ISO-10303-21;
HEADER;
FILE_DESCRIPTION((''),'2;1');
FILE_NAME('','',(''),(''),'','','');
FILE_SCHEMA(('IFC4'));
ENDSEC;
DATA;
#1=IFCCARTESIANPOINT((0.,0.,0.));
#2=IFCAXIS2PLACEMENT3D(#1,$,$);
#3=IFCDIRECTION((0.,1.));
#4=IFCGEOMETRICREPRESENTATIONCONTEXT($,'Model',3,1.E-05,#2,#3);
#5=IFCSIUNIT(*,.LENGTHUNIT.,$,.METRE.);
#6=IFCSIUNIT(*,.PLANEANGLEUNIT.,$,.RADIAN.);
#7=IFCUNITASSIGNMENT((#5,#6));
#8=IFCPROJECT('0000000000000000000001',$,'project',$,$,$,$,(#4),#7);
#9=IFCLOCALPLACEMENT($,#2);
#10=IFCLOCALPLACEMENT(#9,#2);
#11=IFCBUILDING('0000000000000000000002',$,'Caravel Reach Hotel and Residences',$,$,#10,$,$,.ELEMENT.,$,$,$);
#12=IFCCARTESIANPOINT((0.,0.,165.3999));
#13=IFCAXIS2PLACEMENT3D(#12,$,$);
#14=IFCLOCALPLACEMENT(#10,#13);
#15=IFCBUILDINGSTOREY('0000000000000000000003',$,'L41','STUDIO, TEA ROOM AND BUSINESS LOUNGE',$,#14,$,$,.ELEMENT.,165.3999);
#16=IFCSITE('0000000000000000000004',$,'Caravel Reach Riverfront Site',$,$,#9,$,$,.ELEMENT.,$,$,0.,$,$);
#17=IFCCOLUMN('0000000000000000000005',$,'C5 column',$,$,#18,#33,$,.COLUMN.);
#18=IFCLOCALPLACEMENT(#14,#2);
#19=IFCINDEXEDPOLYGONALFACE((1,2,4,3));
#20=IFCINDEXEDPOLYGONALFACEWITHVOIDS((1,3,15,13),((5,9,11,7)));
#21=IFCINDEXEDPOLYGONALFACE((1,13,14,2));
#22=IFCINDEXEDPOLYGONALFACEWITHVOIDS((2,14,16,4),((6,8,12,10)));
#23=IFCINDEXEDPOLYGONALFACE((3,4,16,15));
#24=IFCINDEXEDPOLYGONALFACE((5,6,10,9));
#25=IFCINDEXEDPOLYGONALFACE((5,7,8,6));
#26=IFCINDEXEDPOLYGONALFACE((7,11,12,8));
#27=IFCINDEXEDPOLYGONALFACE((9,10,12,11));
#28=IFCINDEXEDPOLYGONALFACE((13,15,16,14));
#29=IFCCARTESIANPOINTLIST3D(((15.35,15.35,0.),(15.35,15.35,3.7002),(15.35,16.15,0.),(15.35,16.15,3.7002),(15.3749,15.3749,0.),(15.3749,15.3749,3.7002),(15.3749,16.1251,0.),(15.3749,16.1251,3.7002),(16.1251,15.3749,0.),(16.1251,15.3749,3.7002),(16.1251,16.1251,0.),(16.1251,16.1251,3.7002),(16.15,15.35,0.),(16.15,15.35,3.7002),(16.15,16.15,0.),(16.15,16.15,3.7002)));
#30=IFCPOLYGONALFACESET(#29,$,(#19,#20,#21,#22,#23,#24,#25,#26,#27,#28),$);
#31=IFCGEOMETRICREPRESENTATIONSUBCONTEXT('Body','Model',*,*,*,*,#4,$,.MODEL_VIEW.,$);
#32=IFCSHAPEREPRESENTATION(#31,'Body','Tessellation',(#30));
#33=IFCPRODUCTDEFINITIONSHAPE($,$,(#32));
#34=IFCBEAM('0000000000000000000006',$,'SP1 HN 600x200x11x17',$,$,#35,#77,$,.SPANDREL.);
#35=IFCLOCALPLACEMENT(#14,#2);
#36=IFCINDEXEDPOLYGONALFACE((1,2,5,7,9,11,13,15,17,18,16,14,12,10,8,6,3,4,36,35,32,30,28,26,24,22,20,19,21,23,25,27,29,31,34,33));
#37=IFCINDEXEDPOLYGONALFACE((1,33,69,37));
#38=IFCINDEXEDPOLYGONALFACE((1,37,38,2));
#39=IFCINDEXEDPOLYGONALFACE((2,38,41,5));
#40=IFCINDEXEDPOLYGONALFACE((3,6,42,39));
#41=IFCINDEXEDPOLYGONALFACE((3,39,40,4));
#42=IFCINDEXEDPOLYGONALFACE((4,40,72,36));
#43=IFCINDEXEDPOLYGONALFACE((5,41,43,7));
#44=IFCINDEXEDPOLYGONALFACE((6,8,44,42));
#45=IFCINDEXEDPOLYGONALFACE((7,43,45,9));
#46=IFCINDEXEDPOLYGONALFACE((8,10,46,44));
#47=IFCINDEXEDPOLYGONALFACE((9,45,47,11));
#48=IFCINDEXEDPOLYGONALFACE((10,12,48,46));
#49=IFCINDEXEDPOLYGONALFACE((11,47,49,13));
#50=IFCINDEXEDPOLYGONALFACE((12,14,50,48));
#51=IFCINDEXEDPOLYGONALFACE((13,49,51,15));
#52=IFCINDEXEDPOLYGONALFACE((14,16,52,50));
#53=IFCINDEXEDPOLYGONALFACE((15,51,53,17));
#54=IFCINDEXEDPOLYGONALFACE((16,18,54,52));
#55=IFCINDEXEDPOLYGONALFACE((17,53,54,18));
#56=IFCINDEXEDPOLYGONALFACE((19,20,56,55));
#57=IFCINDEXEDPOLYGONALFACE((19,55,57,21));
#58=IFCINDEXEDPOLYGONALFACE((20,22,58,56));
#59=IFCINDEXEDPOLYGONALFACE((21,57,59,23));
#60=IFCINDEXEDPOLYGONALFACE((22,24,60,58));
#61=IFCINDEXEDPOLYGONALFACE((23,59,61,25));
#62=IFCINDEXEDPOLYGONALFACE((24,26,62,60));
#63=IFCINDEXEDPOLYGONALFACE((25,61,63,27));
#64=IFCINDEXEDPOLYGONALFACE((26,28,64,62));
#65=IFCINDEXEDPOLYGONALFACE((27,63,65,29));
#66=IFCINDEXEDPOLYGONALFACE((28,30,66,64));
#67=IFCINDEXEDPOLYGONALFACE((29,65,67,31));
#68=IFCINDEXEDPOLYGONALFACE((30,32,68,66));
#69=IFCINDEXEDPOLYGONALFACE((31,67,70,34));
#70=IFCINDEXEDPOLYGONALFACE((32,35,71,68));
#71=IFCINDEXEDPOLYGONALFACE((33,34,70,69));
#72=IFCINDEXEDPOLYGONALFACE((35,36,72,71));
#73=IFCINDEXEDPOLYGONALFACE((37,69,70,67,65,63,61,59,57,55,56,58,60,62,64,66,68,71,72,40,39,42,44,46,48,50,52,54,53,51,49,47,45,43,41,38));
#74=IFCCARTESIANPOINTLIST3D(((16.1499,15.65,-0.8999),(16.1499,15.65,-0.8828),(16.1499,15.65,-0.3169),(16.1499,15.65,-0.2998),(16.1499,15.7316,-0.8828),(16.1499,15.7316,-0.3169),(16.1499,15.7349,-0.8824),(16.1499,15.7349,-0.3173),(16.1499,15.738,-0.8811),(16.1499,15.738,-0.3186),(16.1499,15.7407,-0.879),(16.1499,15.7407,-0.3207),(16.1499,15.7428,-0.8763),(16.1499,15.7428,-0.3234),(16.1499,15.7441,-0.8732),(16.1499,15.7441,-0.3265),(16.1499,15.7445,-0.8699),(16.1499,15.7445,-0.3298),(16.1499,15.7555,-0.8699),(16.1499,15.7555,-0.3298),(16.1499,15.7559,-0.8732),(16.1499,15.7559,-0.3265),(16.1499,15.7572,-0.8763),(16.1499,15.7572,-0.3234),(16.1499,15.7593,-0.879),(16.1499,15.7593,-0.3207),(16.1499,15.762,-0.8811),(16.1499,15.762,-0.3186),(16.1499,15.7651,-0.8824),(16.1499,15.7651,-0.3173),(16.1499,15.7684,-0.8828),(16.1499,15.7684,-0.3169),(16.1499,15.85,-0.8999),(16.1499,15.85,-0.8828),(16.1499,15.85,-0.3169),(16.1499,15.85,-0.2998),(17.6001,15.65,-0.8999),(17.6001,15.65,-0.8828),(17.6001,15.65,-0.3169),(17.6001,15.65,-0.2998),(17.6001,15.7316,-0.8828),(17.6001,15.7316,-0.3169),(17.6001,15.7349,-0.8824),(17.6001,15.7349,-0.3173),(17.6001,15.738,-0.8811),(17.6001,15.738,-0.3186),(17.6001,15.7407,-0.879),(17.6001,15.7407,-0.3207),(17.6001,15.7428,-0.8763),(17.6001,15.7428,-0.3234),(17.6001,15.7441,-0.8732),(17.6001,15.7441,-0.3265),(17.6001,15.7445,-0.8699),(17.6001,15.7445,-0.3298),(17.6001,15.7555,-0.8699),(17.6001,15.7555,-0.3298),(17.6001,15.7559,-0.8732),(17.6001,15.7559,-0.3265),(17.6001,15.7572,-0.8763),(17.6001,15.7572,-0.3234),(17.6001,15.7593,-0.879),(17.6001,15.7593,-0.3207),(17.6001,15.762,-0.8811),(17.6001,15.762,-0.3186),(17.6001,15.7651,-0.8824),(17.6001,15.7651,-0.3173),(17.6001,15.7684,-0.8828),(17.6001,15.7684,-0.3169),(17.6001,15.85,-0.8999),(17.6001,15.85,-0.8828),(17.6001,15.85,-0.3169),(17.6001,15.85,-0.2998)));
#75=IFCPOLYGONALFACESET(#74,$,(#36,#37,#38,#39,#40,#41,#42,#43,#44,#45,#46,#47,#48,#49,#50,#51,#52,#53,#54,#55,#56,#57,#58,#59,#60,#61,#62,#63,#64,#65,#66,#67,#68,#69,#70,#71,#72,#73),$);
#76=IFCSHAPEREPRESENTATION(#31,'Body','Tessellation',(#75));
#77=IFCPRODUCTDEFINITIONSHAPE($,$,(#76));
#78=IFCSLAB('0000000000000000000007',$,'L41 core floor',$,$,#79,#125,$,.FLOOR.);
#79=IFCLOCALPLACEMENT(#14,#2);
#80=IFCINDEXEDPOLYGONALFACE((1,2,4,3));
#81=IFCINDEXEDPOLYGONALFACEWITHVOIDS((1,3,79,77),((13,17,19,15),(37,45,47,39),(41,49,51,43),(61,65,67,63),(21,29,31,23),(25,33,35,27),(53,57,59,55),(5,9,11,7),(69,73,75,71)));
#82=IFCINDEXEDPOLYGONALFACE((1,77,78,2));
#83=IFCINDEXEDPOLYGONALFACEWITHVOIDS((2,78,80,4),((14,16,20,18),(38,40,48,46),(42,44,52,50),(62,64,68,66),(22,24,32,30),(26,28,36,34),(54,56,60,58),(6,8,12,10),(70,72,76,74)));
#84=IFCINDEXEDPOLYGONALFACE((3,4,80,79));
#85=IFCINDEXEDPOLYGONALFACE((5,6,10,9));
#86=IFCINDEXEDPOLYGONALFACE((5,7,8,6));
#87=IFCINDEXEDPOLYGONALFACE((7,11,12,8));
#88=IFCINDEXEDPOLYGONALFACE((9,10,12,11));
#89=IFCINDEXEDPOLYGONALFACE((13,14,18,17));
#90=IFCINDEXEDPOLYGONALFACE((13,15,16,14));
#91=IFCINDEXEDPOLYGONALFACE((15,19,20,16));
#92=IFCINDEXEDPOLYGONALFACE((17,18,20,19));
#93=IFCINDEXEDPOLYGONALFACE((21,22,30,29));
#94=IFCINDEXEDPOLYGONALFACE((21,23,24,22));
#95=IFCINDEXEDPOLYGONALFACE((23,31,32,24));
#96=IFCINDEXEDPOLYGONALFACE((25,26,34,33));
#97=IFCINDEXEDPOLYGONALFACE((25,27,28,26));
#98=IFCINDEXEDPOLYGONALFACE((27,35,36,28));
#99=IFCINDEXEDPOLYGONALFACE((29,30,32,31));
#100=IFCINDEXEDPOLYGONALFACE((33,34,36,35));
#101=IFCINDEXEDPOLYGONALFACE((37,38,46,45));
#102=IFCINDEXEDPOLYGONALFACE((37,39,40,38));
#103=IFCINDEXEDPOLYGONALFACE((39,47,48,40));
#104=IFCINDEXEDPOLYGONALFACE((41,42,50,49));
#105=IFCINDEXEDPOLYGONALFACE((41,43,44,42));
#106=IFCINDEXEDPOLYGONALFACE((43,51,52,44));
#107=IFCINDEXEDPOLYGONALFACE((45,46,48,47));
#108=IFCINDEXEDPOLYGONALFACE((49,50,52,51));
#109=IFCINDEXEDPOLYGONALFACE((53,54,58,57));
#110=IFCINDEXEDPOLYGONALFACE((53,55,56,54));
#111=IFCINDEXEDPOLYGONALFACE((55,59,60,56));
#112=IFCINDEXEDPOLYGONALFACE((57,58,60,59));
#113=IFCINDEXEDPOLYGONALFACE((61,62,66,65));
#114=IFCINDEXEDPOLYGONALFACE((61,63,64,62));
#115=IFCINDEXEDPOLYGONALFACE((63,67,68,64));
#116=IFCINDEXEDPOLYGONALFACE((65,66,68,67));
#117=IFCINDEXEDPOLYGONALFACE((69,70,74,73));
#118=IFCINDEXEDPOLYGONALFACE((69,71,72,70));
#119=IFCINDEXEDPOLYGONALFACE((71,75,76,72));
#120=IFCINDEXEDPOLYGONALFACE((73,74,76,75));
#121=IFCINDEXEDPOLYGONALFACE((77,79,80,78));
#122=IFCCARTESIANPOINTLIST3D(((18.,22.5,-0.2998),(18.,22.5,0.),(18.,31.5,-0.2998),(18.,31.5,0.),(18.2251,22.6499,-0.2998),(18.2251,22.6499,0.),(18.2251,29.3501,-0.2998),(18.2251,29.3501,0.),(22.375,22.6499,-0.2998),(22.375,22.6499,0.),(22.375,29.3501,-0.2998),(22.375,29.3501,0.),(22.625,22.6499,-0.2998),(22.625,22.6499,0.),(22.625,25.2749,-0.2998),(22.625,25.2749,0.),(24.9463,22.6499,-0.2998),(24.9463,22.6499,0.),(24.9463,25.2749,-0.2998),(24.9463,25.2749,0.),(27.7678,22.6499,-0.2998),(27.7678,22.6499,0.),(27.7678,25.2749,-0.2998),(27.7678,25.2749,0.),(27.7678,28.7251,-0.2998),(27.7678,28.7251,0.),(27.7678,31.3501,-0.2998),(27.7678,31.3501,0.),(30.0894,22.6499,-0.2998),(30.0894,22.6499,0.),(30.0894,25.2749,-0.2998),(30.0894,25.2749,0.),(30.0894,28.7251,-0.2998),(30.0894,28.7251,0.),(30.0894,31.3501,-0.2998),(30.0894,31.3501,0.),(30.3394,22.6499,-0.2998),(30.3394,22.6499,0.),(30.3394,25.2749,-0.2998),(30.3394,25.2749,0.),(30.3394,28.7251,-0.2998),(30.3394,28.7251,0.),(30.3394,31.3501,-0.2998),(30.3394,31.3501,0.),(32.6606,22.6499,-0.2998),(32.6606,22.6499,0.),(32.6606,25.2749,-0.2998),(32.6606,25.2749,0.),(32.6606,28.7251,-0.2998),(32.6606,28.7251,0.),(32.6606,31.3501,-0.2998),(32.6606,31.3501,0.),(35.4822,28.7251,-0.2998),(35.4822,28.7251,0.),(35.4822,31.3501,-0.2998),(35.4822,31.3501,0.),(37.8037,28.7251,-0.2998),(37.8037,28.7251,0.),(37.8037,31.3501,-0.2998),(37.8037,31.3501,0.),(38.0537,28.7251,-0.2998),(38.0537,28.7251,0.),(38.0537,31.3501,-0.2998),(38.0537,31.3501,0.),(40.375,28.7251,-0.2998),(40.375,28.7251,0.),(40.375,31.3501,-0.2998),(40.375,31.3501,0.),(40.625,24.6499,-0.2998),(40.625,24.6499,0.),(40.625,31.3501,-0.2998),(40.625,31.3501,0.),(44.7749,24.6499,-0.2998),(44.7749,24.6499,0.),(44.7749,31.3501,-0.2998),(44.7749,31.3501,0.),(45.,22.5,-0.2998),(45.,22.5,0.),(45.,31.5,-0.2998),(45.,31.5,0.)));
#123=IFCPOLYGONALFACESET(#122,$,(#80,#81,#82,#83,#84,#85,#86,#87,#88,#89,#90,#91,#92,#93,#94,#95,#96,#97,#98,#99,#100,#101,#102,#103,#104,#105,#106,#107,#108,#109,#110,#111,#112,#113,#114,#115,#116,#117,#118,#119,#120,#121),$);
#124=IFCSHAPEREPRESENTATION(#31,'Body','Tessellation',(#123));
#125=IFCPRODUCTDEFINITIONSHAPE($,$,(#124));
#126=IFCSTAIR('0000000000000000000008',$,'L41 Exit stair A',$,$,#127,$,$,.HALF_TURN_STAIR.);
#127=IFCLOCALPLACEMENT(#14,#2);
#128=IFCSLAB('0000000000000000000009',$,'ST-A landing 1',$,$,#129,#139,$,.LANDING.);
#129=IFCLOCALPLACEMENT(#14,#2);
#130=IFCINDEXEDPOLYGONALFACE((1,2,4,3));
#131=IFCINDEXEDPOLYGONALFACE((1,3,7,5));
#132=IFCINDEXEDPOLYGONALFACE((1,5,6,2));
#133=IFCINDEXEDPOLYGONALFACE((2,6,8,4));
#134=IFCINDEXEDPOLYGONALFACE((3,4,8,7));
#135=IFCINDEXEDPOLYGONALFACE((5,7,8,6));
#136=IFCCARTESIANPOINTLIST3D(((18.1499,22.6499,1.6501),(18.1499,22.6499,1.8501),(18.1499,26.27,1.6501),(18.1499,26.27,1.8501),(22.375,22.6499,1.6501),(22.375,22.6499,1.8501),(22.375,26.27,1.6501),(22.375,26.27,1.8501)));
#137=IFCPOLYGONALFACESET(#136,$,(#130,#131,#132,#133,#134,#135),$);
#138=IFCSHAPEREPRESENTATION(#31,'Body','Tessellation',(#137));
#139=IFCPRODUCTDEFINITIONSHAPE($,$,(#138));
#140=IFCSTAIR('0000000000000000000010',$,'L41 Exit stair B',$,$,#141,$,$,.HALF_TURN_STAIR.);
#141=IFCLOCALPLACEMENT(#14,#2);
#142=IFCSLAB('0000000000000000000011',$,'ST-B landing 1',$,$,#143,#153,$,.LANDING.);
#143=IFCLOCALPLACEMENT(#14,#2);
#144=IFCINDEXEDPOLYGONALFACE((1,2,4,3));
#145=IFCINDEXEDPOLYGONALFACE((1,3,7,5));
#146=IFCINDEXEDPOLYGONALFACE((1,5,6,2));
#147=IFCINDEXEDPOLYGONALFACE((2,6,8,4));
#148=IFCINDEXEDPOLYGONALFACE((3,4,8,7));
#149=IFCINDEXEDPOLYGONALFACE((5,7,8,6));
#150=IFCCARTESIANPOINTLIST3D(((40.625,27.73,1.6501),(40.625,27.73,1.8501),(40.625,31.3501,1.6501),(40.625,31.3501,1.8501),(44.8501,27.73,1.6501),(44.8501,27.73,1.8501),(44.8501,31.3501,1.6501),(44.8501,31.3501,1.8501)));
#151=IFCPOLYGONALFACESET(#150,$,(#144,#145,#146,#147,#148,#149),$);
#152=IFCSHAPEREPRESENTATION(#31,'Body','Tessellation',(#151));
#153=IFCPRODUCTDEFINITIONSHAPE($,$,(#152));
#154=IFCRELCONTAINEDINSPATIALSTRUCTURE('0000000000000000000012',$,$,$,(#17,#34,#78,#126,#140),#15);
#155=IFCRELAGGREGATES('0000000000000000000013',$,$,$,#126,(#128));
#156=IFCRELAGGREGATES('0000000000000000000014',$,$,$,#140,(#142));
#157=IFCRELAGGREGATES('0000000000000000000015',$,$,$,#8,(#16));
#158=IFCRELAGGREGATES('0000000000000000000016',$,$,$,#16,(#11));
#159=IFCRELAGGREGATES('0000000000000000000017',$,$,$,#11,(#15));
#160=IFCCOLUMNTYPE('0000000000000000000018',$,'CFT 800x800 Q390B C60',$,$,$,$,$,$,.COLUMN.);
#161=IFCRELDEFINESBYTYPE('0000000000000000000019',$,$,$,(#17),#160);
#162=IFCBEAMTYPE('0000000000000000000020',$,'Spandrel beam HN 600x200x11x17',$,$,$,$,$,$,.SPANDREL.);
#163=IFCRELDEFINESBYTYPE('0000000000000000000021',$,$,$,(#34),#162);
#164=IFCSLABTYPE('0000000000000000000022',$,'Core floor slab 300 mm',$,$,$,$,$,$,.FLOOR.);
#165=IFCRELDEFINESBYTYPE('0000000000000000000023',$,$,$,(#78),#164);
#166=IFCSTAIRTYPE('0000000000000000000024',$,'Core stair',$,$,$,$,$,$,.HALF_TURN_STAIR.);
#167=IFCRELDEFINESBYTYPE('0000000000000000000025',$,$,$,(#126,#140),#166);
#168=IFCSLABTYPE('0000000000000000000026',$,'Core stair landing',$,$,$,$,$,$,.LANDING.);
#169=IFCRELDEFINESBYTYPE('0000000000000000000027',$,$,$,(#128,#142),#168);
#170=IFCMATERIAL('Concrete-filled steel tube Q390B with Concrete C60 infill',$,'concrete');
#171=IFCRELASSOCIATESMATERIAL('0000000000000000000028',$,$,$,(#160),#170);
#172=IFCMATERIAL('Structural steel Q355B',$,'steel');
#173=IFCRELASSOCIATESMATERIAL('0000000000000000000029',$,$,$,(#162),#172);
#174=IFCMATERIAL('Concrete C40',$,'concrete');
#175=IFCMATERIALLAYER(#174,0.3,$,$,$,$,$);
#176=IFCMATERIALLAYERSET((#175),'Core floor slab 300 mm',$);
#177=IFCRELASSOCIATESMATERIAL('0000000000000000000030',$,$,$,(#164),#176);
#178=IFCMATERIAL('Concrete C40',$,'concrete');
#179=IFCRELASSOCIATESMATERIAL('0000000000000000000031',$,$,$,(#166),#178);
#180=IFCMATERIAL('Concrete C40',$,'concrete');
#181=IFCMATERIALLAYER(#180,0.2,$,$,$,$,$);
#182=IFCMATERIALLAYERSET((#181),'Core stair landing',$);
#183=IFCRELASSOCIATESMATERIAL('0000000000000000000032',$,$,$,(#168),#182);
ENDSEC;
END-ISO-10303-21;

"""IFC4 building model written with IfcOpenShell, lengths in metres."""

from ifc_helpers import new_model, si_unit, direction, frame, origin, origin_2d, place, context, subcontext, project, spatial, polyline, hollow_rectangle, i_section, outline, extrude, material, layer, layer_set, material_profile, profile_set, type_object, element, aggregate, save


model = new_model("IFC4")

# Units and contexts
model_context = context("Model", 3, precision=1e-05, world=origin(), true_north=direction((0.0, 1.0)))
body_context = subcontext(model_context, "Body", "Model", "MODEL_VIEW")
ifc_project = project(units=[si_unit("LENGTHUNIT", "METRE"), si_unit("PLANEANGLEUNIT", "RADIAN")], contexts=[model_context])

# Site, building, storey
site_placement = place(None, origin())
site = spatial("IfcSite", under=ifc_project, at=site_placement, Name="Caravel Reach Riverfront Site", CompositionType="ELEMENT", RefElevation=0.0)
building_placement = place(site_placement, origin())
building = spatial("IfcBuilding", under=site, at=building_placement, Name="Caravel Reach Hotel and Residences", CompositionType="ELEMENT")
storey_placement = place(building_placement, frame((0.0, 0.0, 165.3999)))
storey = spatial("IfcBuildingStorey", under=building, at=storey_placement, Name="L41", Description="STUDIO, TEA ROOM AND BUSINESS LOUNGE", CompositionType="ELEMENT", Elevation=165.3999)

# Column
ifc_material_1 = material(Name="Concrete-filled steel tube Q390B with Concrete C60 infill", Category="concrete")
ifc_material_profile_1 = material_profile(ifc_material_1, hollow_rectangle(XDim=0.8, YDim=0.8, WallThickness=0.0249, at=origin_2d()), Name="RHS 800x800x25")
ifc_profile_set_1 = profile_set([ifc_material_profile_1], Name="Concrete-filled steel tube Q390B with Concrete C60 infill")
column_type = type_object("IfcColumnType", Name="CFT 800x800 Q390B C60", PredefinedType="COLUMN", material=ifc_profile_set_1)
column_placement = place(storey_placement, frame((15.75, 15.75, 0.0), z_axis=(0.0, 0.0, 1.0), x_axis=(1.0, 0.0, 0.0)))
element("IfcColumn", 1, at=column_placement, inside=storey, type_object=column_type, Name="C5 column", PredefinedType="COLUMN", context=body_context, shape_type="SweptSolid", body=[
    extrude(hollow_rectangle(XDim=0.8, YDim=0.8, WallThickness=0.0249, at=origin_2d()), origin(), (0.0, 0.0, 1.0), 3.7002),
])

# Beam
ifc_material_2 = material(Name="Structural steel Q355B", Category="steel")
ifc_material_profile_2 = material_profile(ifc_material_2, i_section(OverallWidth=0.2, OverallDepth=0.6001, WebThickness=0.011, FlangeThickness=0.0171, FilletRadius=0.0129, at=origin_2d()), Name="HN 600x200x11x17")
ifc_profile_set_2 = profile_set([ifc_material_profile_2], Name="Structural steel Q355B")
beam_type = type_object("IfcBeamType", Name="Spandrel beam HN 600x200x11x17", PredefinedType="SPANDREL", material=ifc_profile_set_2)
beam_placement = place(storey_placement, frame((16.1499, 15.75, -0.5999), z_axis=(1.0, 0.0, 0.0), x_axis=(0.0, 1.0, 0.0)))
element("IfcBeam", 2, at=beam_placement, inside=storey, type_object=beam_type, Name="SP1 HN 600x200x11x17", PredefinedType="SPANDREL", context=body_context, shape_type="SweptSolid", body=[
    extrude(i_section(OverallWidth=0.2, OverallDepth=0.6001, WebThickness=0.011, FlangeThickness=0.0171, FilletRadius=0.0129, at=origin_2d()), origin(), (0.0, 0.0, 1.0), 1.4502),
])

# Slab
ifc_material_3 = material(Name="Concrete C40", Category="concrete")
ifc_layer_1 = layer(ifc_material_3, 0.3)
ifc_layer_set_1 = layer_set([ifc_layer_1], Name="Core floor slab 300 mm")
slab_type_1 = type_object("IfcSlabType", Name="Core floor slab 300 mm", PredefinedType="FLOOR", material=ifc_layer_set_1)
slab_1_placement = place(storey_placement, frame((0.0, 0.0, -0.2998)))
element("IfcSlab", 3, at=slab_1_placement, inside=storey, type_object=slab_type_1, Name="L41 core floor", PredefinedType="FLOOR", context=body_context, shape_type="SweptSolid", body=[
    extrude(outline(polyline([(18.0, 31.5), (45.0, 31.5), (45.0, 22.5), (18.0, 22.5), (18.0, 31.5)]), holes=[polyline([(22.625, 25.2749), (22.625, 22.6499), (24.9463, 22.6499), (24.9463, 25.2749), (22.625, 25.2749)]), polyline([(27.7678, 25.2749), (27.7678, 22.6499), (30.0894, 22.6499), (30.0894, 25.2749), (27.7678, 25.2749)]), polyline([(30.3394, 25.2749), (30.3394, 22.6499), (32.6606, 22.6499), (32.6606, 25.2749), (30.3394, 25.2749)]), polyline([(22.375, 22.6499), (22.375, 29.3501), (18.2251, 29.3501), (18.2251, 22.6499), (22.375, 22.6499)]), polyline([(40.625, 31.3501), (40.625, 24.6499), (44.7749, 24.6499), (44.7749, 31.3501), (40.625, 31.3501)]), polyline([(27.7678, 31.3501), (27.7678, 28.7251), (30.0894, 28.7251), (30.0894, 31.3501), (27.7678, 31.3501)]), polyline([(30.3394, 31.3501), (30.3394, 28.7251), (32.6606, 28.7251), (32.6606, 31.3501), (30.3394, 31.3501)]), polyline([(37.8037, 31.3501), (35.4822, 31.3501), (35.4822, 28.7251), (37.8037, 28.7251), (37.8037, 31.3501)]), polyline([(40.375, 31.3501), (38.0537, 31.3501), (38.0537, 28.7251), (40.375, 28.7251), (40.375, 31.3501)])]), origin(), (0.0, 0.0, 1.0), 0.2998),
])

# Stairs, slabs
ifc_material_4 = material(Name="Concrete C40", Category="concrete")
stair_type = type_object("IfcStairType", Name="Core stair", PredefinedType="HALF_TURN_STAIR", material=ifc_material_4)
stair_1_placement = place(storey_placement, origin())
stair_1 = element("IfcStair", 4, at=stair_1_placement, inside=storey, type_object=stair_type, Name="L41 Exit stair A", PredefinedType="HALF_TURN_STAIR")
ifc_material_5 = material(Name="Concrete C40", Category="concrete")
ifc_layer_2 = layer(ifc_material_5, 0.2)
ifc_layer_set_2 = layer_set([ifc_layer_2], Name="Core stair landing")
slab_type_2 = type_object("IfcSlabType", Name="Core stair landing", PredefinedType="LANDING", material=ifc_layer_set_2)
slab_2_placement = place(storey_placement, frame((0.0, 0.0, 1.6501)))
slab_2 = element("IfcSlab", 5, at=slab_2_placement, type_object=slab_type_2, Name="ST-A landing 1", PredefinedType="LANDING", context=body_context, shape_type="SweptSolid", body=[
    extrude(outline(polyline([(18.1499, 26.27), (18.1499, 22.6499), (22.375, 22.6499), (22.375, 26.27), (18.1499, 26.27)])), origin(), (0.0, 0.0, 1.0), 0.2),
])
aggregate(stair_1, [slab_2])
stair_2_placement = place(storey_placement, origin())
stair_2 = element("IfcStair", 6, at=stair_2_placement, inside=storey, type_object=stair_type, Name="L41 Exit stair B", PredefinedType="HALF_TURN_STAIR")
slab_3_placement = place(storey_placement, frame((0.0, 0.0, 1.6501)))
slab_3 = element("IfcSlab", 7, at=slab_3_placement, type_object=slab_type_2, Name="ST-B landing 1", PredefinedType="LANDING", context=body_context, shape_type="SweptSolid", body=[
    extrude(outline(polyline([(44.8501, 27.73), (44.8501, 31.3501), (40.625, 31.3501), (40.625, 27.73), (44.8501, 27.73)])), origin(), (0.0, 0.0, 1.0), 0.2),
])
aggregate(stair_2, [slab_3])

save(model, "model.ifc")
